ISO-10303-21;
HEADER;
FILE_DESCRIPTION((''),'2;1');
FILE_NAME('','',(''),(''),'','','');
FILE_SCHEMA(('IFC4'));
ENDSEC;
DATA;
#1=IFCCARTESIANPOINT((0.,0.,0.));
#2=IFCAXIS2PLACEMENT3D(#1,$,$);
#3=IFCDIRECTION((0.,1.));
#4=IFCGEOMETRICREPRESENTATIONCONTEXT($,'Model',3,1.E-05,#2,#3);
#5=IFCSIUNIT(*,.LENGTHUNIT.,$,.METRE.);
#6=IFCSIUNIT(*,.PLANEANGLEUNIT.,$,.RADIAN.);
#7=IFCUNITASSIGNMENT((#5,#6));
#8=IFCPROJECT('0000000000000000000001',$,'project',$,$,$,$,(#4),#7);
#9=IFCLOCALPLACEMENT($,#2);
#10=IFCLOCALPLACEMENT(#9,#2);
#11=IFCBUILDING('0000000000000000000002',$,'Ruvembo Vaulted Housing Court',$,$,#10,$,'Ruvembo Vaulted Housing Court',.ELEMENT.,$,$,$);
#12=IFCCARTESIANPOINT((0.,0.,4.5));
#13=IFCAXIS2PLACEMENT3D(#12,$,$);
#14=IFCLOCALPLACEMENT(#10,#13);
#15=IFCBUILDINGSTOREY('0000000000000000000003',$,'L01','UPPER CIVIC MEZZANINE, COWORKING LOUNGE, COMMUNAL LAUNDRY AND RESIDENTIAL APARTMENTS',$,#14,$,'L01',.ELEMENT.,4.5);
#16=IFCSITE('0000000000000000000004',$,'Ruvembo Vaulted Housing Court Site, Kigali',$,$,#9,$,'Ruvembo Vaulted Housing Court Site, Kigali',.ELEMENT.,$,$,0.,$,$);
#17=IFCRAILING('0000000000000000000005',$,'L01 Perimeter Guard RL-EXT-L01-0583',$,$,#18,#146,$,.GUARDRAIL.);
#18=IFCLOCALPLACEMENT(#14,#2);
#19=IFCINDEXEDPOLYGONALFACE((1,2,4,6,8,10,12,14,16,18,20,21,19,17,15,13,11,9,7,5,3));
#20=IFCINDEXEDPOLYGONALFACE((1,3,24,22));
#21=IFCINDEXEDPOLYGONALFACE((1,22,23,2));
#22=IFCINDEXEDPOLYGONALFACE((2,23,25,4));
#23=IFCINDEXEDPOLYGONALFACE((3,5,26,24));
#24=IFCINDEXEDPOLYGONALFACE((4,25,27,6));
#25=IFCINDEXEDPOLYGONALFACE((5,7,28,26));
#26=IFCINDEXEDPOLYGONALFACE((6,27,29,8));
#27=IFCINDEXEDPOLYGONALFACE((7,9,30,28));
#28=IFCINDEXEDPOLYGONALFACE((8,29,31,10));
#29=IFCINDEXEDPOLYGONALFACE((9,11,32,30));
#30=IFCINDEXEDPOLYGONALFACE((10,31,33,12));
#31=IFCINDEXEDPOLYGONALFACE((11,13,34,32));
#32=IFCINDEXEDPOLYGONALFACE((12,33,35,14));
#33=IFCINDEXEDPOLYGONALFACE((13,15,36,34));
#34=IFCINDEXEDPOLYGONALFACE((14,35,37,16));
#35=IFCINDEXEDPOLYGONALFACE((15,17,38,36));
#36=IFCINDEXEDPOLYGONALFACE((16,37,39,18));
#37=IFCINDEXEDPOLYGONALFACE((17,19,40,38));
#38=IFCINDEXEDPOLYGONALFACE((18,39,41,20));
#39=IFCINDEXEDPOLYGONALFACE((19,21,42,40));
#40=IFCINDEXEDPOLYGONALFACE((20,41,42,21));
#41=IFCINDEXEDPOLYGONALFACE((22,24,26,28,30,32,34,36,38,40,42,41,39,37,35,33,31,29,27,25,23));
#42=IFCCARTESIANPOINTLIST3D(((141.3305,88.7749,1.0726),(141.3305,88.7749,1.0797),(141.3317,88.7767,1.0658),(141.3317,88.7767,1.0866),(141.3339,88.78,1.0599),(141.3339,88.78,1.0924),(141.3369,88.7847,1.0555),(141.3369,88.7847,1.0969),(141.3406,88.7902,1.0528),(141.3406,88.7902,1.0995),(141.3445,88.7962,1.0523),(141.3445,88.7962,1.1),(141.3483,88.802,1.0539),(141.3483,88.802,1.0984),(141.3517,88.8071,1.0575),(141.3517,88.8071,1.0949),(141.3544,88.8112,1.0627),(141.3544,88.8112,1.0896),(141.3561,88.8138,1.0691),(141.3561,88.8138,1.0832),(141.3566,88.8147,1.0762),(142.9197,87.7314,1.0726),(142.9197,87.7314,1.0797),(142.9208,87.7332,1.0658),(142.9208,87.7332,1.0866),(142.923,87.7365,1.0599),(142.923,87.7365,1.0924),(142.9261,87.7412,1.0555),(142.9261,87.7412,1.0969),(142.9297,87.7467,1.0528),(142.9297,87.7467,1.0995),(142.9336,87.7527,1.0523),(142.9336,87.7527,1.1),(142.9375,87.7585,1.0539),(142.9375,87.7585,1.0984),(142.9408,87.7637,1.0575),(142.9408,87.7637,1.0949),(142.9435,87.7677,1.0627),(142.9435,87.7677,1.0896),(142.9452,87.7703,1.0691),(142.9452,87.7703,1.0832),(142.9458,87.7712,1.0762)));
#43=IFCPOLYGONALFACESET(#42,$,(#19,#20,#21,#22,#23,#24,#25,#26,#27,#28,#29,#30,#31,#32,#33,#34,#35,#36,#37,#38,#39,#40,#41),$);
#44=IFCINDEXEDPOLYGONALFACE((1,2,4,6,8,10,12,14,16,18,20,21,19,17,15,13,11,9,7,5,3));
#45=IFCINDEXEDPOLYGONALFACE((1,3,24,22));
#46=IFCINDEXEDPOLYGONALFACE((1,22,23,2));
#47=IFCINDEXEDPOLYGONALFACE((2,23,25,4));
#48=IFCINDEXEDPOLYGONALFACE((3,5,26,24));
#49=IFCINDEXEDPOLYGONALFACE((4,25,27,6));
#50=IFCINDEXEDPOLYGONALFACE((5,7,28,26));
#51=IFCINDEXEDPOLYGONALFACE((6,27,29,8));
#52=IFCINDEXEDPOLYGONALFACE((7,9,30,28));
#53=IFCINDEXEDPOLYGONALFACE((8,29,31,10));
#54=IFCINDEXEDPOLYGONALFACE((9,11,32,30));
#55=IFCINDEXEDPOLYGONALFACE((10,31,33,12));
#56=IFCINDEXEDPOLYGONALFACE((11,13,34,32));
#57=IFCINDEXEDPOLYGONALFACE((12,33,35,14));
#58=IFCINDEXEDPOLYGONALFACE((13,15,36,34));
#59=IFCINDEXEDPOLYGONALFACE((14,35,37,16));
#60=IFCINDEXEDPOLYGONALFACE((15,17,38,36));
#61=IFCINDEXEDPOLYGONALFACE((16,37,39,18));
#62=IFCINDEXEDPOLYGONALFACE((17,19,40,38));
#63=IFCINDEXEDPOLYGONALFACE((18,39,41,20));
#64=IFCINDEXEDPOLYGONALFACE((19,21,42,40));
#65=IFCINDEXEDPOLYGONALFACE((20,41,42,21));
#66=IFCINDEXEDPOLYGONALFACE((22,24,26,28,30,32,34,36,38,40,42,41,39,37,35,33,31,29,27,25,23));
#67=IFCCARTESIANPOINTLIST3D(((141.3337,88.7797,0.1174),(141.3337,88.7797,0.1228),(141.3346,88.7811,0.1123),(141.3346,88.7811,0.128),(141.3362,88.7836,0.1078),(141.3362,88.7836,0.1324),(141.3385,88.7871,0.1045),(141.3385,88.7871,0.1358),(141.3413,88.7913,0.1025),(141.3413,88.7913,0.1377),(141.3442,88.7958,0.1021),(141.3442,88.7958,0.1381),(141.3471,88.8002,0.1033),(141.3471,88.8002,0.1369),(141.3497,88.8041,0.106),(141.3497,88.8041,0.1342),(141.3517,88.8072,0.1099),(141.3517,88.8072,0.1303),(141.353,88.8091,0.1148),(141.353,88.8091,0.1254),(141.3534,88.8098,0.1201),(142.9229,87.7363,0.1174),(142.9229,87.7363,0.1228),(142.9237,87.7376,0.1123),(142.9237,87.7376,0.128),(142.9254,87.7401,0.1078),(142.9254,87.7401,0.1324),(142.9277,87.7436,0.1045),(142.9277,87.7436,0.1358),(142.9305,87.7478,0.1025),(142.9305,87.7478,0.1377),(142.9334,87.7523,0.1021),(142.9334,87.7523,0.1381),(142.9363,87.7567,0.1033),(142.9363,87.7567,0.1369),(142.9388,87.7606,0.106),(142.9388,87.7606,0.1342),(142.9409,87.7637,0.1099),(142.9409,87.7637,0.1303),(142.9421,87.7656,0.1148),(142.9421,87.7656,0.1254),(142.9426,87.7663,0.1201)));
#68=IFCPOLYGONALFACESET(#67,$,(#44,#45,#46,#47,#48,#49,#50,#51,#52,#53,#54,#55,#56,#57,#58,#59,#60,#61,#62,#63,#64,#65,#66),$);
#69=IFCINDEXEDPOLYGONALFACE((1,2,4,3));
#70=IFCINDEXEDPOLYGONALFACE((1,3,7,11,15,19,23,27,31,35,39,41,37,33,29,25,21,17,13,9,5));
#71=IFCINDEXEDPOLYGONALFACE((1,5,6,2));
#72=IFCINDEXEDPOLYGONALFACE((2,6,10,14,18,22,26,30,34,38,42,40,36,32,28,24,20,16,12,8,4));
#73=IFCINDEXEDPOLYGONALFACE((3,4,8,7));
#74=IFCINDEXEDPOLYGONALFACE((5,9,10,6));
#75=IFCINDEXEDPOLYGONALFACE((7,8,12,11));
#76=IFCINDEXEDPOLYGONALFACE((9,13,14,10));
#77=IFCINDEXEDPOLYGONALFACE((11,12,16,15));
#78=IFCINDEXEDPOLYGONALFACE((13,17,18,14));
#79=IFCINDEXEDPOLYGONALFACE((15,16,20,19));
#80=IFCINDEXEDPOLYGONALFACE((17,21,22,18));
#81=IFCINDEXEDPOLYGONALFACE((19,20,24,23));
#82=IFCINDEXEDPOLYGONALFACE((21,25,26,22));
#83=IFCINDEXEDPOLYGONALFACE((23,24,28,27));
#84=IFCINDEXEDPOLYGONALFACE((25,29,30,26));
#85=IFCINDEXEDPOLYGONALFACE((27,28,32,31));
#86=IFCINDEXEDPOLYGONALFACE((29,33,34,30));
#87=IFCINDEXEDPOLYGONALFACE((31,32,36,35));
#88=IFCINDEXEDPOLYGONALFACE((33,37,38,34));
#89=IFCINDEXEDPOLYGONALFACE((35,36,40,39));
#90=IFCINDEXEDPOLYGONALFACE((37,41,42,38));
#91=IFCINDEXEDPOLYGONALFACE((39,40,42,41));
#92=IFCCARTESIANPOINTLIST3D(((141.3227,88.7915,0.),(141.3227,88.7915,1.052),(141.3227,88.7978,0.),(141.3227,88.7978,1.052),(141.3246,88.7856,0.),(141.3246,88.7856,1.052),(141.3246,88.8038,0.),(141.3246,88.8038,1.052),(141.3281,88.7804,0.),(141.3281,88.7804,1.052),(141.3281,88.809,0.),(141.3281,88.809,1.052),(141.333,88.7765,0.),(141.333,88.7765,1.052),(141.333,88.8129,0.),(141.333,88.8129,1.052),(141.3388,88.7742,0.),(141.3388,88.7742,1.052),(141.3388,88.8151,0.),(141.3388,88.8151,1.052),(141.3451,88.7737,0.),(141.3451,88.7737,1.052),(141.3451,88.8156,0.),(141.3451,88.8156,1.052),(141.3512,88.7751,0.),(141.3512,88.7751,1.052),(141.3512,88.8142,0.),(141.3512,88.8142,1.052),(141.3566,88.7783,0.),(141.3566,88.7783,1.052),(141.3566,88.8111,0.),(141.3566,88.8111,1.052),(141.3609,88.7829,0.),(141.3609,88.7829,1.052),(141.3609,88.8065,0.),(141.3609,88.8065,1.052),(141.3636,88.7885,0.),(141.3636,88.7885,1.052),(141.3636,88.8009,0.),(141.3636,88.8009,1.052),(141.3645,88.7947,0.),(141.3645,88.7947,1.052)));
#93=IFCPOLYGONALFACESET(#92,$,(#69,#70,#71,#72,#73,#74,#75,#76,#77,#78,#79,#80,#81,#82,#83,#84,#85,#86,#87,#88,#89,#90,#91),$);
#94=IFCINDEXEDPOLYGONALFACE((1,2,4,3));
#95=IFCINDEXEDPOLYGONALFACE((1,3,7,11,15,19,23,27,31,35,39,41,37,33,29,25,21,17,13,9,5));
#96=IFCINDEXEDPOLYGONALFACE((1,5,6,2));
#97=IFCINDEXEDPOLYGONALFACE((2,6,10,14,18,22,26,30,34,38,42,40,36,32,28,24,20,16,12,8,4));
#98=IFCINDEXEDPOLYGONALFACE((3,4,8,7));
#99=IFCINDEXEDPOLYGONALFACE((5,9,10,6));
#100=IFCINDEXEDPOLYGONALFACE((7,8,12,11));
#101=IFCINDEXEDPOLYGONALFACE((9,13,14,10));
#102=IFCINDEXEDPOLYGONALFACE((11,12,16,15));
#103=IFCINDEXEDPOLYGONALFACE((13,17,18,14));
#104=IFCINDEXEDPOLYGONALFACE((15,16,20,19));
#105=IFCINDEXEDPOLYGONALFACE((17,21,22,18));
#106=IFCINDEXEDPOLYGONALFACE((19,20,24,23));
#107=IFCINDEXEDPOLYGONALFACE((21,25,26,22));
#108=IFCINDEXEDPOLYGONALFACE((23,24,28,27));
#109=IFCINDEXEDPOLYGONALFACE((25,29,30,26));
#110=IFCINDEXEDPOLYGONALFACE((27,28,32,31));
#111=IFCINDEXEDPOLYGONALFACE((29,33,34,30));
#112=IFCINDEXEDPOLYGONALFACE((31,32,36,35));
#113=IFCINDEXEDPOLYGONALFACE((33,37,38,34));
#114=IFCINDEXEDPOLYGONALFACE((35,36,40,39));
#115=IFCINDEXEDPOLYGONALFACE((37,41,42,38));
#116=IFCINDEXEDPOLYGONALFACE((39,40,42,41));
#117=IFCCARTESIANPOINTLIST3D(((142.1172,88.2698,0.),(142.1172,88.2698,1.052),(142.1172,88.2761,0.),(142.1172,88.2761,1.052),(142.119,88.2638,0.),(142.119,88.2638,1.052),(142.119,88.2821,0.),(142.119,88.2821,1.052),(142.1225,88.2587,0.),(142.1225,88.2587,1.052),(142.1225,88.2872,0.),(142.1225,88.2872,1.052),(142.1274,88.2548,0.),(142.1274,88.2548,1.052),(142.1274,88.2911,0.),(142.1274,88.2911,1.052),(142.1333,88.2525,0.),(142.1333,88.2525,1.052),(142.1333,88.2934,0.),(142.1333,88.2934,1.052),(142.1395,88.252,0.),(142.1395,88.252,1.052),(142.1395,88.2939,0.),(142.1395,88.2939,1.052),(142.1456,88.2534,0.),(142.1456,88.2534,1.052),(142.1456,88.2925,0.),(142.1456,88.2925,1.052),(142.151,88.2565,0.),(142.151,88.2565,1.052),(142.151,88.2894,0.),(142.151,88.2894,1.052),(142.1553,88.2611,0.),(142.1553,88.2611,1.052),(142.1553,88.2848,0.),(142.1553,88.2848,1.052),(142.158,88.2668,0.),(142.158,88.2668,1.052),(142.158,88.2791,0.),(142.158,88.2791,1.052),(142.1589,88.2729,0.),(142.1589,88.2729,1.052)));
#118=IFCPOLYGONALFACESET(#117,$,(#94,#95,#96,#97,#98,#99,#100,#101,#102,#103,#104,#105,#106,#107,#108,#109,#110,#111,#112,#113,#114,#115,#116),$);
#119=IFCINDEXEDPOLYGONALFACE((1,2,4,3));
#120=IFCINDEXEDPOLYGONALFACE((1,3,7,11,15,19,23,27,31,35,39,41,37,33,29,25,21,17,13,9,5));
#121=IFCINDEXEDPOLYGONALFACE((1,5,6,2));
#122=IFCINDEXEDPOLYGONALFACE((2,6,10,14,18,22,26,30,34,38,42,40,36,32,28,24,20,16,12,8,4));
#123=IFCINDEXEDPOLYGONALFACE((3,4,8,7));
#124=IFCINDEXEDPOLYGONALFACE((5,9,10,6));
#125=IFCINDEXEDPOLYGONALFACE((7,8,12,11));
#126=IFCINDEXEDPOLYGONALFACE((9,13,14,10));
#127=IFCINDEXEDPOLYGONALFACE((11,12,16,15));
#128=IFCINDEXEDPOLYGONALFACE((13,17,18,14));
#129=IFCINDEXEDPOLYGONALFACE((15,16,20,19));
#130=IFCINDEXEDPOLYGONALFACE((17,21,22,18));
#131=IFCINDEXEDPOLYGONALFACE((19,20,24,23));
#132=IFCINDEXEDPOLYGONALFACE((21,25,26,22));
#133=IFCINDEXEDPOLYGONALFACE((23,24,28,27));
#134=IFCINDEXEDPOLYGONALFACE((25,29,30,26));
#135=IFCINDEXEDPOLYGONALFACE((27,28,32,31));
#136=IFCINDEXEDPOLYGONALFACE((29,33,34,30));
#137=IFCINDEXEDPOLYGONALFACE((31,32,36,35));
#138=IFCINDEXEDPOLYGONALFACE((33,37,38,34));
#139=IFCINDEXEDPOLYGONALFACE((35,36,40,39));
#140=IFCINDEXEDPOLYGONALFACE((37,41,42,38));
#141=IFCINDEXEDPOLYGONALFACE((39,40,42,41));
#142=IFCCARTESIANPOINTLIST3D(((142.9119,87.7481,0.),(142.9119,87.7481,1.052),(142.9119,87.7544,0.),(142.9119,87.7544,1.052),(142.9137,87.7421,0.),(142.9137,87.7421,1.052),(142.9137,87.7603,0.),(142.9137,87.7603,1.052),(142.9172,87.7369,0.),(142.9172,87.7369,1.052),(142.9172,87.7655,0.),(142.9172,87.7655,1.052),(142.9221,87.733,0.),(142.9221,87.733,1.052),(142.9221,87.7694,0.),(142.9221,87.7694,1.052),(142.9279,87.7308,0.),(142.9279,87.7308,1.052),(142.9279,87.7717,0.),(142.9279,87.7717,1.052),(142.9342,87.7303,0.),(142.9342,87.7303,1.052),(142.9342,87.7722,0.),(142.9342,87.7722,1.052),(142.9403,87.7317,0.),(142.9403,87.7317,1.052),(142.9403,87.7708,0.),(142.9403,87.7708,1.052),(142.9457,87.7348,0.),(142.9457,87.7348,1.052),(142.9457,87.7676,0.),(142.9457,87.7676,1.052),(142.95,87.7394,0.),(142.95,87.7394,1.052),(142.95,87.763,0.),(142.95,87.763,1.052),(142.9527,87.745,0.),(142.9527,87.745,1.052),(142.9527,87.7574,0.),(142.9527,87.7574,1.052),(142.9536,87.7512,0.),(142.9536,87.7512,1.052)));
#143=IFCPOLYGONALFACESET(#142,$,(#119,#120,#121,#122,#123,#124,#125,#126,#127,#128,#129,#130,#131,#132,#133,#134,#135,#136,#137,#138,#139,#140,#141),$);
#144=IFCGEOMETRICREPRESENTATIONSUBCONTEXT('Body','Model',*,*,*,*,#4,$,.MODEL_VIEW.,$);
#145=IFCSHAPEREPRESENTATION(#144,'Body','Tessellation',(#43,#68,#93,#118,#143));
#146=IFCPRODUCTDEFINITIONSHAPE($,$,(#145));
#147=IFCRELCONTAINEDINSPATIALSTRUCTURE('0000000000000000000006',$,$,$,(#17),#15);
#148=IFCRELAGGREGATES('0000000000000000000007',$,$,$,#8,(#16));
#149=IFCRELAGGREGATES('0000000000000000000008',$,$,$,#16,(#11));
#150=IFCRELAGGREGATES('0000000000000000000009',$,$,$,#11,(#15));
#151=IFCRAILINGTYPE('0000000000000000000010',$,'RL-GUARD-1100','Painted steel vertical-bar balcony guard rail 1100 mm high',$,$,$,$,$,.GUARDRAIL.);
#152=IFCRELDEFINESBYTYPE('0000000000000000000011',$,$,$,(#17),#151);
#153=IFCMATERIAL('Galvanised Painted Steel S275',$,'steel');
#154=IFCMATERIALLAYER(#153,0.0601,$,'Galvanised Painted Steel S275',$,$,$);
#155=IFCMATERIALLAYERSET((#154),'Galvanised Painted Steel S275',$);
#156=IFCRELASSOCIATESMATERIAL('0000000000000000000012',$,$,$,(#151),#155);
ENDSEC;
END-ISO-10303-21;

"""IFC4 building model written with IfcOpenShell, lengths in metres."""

from ifc_helpers import new_model, si_unit, direction, frame, origin, origin_2d, place, context, subcontext, project, spatial, circle, extrude, material, layer, layer_set, type_object, element, save


model = new_model("IFC4")

# Units and contexts
model_context = context("Model", 3, precision=1e-05, world=origin(), true_north=direction((0.0, 1.0)))
body_context = subcontext(model_context, "Body", "Model", "MODEL_VIEW")
ifc_project = project(units=[si_unit("LENGTHUNIT", "METRE"), si_unit("PLANEANGLEUNIT", "RADIAN")], contexts=[model_context])

# Site, building, storey
site_placement = place(None, origin())
site = spatial("IfcSite", under=ifc_project, at=site_placement, Name="Ruvembo Vaulted Housing Court Site, Kigali", LongName="Ruvembo Vaulted Housing Court Site, Kigali", CompositionType="ELEMENT", RefElevation=0.0)
building_placement = place(site_placement, origin())
building = spatial("IfcBuilding", under=site, at=building_placement, Name="Ruvembo Vaulted Housing Court", LongName="Ruvembo Vaulted Housing Court", CompositionType="ELEMENT")
storey_placement = place(building_placement, frame((0.0, 0.0, 4.5)))
storey = spatial("IfcBuildingStorey", under=building, at=storey_placement, Name="L01", Description="UPPER CIVIC MEZZANINE, COWORKING LOUNGE, COMMUNAL LAUNDRY AND RESIDENTIAL APARTMENTS", LongName="L01", CompositionType="ELEMENT", Elevation=4.5)

# Railing
ifc_material_1 = material(Name="Galvanised Painted Steel S275", Category="steel")
ifc_layer_1 = layer(ifc_material_1, 0.0601, Name="Galvanised Painted Steel S275")
ifc_layer_set_1 = layer_set([ifc_layer_1], Name="Galvanised Painted Steel S275")
railing_type = type_object("IfcRailingType", Name="RL-GUARD-1100", Description="Painted steel vertical-bar balcony guard rail 1100 mm high", PredefinedType="GUARDRAIL", material=ifc_layer_set_1)
railing_1_placement = place(storey_placement, frame((141.3435, 88.7947, 0.0)))
element("IfcRailing", 1, at=railing_1_placement, inside=storey, type_object=railing_type, Name="L01 Perimeter Guard RL-EXT-L01-0583", PredefinedType="GUARDRAIL", context=body_context, shape_type="SweptSolid", body=[
    extrude(circle(Radius=0.0239, at=origin_2d()), frame((0.0, 0.0, 1.0762), z_axis=(0.835902, -0.548878, 0.0), x_axis=(0.548878, 0.835902, 0.0)), (0.0, 0.0, 1.0), 1.9011),
    extrude(circle(Radius=0.0181, at=origin_2d()), frame((0.0, 0.0, 0.1201), z_axis=(0.835902, -0.548878, 0.0), x_axis=(0.548878, 0.835902, 0.0)), (0.0, 0.0, 1.0), 1.9011),
    extrude(circle(Radius=0.021, at=origin_2d()), origin(), (0.0, 0.0, 1.0), 1.052),
    extrude(circle(Radius=0.021, at=origin_2d()), frame((0.7944, -0.5217, 0.0)), (0.0, 0.0, 1.0), 1.052),
    extrude(circle(Radius=0.021, at=origin_2d()), frame((1.5891, -1.0435, 0.0)), (0.0, 0.0, 1.0), 1.052),
])

save(model, "model.ifc")
